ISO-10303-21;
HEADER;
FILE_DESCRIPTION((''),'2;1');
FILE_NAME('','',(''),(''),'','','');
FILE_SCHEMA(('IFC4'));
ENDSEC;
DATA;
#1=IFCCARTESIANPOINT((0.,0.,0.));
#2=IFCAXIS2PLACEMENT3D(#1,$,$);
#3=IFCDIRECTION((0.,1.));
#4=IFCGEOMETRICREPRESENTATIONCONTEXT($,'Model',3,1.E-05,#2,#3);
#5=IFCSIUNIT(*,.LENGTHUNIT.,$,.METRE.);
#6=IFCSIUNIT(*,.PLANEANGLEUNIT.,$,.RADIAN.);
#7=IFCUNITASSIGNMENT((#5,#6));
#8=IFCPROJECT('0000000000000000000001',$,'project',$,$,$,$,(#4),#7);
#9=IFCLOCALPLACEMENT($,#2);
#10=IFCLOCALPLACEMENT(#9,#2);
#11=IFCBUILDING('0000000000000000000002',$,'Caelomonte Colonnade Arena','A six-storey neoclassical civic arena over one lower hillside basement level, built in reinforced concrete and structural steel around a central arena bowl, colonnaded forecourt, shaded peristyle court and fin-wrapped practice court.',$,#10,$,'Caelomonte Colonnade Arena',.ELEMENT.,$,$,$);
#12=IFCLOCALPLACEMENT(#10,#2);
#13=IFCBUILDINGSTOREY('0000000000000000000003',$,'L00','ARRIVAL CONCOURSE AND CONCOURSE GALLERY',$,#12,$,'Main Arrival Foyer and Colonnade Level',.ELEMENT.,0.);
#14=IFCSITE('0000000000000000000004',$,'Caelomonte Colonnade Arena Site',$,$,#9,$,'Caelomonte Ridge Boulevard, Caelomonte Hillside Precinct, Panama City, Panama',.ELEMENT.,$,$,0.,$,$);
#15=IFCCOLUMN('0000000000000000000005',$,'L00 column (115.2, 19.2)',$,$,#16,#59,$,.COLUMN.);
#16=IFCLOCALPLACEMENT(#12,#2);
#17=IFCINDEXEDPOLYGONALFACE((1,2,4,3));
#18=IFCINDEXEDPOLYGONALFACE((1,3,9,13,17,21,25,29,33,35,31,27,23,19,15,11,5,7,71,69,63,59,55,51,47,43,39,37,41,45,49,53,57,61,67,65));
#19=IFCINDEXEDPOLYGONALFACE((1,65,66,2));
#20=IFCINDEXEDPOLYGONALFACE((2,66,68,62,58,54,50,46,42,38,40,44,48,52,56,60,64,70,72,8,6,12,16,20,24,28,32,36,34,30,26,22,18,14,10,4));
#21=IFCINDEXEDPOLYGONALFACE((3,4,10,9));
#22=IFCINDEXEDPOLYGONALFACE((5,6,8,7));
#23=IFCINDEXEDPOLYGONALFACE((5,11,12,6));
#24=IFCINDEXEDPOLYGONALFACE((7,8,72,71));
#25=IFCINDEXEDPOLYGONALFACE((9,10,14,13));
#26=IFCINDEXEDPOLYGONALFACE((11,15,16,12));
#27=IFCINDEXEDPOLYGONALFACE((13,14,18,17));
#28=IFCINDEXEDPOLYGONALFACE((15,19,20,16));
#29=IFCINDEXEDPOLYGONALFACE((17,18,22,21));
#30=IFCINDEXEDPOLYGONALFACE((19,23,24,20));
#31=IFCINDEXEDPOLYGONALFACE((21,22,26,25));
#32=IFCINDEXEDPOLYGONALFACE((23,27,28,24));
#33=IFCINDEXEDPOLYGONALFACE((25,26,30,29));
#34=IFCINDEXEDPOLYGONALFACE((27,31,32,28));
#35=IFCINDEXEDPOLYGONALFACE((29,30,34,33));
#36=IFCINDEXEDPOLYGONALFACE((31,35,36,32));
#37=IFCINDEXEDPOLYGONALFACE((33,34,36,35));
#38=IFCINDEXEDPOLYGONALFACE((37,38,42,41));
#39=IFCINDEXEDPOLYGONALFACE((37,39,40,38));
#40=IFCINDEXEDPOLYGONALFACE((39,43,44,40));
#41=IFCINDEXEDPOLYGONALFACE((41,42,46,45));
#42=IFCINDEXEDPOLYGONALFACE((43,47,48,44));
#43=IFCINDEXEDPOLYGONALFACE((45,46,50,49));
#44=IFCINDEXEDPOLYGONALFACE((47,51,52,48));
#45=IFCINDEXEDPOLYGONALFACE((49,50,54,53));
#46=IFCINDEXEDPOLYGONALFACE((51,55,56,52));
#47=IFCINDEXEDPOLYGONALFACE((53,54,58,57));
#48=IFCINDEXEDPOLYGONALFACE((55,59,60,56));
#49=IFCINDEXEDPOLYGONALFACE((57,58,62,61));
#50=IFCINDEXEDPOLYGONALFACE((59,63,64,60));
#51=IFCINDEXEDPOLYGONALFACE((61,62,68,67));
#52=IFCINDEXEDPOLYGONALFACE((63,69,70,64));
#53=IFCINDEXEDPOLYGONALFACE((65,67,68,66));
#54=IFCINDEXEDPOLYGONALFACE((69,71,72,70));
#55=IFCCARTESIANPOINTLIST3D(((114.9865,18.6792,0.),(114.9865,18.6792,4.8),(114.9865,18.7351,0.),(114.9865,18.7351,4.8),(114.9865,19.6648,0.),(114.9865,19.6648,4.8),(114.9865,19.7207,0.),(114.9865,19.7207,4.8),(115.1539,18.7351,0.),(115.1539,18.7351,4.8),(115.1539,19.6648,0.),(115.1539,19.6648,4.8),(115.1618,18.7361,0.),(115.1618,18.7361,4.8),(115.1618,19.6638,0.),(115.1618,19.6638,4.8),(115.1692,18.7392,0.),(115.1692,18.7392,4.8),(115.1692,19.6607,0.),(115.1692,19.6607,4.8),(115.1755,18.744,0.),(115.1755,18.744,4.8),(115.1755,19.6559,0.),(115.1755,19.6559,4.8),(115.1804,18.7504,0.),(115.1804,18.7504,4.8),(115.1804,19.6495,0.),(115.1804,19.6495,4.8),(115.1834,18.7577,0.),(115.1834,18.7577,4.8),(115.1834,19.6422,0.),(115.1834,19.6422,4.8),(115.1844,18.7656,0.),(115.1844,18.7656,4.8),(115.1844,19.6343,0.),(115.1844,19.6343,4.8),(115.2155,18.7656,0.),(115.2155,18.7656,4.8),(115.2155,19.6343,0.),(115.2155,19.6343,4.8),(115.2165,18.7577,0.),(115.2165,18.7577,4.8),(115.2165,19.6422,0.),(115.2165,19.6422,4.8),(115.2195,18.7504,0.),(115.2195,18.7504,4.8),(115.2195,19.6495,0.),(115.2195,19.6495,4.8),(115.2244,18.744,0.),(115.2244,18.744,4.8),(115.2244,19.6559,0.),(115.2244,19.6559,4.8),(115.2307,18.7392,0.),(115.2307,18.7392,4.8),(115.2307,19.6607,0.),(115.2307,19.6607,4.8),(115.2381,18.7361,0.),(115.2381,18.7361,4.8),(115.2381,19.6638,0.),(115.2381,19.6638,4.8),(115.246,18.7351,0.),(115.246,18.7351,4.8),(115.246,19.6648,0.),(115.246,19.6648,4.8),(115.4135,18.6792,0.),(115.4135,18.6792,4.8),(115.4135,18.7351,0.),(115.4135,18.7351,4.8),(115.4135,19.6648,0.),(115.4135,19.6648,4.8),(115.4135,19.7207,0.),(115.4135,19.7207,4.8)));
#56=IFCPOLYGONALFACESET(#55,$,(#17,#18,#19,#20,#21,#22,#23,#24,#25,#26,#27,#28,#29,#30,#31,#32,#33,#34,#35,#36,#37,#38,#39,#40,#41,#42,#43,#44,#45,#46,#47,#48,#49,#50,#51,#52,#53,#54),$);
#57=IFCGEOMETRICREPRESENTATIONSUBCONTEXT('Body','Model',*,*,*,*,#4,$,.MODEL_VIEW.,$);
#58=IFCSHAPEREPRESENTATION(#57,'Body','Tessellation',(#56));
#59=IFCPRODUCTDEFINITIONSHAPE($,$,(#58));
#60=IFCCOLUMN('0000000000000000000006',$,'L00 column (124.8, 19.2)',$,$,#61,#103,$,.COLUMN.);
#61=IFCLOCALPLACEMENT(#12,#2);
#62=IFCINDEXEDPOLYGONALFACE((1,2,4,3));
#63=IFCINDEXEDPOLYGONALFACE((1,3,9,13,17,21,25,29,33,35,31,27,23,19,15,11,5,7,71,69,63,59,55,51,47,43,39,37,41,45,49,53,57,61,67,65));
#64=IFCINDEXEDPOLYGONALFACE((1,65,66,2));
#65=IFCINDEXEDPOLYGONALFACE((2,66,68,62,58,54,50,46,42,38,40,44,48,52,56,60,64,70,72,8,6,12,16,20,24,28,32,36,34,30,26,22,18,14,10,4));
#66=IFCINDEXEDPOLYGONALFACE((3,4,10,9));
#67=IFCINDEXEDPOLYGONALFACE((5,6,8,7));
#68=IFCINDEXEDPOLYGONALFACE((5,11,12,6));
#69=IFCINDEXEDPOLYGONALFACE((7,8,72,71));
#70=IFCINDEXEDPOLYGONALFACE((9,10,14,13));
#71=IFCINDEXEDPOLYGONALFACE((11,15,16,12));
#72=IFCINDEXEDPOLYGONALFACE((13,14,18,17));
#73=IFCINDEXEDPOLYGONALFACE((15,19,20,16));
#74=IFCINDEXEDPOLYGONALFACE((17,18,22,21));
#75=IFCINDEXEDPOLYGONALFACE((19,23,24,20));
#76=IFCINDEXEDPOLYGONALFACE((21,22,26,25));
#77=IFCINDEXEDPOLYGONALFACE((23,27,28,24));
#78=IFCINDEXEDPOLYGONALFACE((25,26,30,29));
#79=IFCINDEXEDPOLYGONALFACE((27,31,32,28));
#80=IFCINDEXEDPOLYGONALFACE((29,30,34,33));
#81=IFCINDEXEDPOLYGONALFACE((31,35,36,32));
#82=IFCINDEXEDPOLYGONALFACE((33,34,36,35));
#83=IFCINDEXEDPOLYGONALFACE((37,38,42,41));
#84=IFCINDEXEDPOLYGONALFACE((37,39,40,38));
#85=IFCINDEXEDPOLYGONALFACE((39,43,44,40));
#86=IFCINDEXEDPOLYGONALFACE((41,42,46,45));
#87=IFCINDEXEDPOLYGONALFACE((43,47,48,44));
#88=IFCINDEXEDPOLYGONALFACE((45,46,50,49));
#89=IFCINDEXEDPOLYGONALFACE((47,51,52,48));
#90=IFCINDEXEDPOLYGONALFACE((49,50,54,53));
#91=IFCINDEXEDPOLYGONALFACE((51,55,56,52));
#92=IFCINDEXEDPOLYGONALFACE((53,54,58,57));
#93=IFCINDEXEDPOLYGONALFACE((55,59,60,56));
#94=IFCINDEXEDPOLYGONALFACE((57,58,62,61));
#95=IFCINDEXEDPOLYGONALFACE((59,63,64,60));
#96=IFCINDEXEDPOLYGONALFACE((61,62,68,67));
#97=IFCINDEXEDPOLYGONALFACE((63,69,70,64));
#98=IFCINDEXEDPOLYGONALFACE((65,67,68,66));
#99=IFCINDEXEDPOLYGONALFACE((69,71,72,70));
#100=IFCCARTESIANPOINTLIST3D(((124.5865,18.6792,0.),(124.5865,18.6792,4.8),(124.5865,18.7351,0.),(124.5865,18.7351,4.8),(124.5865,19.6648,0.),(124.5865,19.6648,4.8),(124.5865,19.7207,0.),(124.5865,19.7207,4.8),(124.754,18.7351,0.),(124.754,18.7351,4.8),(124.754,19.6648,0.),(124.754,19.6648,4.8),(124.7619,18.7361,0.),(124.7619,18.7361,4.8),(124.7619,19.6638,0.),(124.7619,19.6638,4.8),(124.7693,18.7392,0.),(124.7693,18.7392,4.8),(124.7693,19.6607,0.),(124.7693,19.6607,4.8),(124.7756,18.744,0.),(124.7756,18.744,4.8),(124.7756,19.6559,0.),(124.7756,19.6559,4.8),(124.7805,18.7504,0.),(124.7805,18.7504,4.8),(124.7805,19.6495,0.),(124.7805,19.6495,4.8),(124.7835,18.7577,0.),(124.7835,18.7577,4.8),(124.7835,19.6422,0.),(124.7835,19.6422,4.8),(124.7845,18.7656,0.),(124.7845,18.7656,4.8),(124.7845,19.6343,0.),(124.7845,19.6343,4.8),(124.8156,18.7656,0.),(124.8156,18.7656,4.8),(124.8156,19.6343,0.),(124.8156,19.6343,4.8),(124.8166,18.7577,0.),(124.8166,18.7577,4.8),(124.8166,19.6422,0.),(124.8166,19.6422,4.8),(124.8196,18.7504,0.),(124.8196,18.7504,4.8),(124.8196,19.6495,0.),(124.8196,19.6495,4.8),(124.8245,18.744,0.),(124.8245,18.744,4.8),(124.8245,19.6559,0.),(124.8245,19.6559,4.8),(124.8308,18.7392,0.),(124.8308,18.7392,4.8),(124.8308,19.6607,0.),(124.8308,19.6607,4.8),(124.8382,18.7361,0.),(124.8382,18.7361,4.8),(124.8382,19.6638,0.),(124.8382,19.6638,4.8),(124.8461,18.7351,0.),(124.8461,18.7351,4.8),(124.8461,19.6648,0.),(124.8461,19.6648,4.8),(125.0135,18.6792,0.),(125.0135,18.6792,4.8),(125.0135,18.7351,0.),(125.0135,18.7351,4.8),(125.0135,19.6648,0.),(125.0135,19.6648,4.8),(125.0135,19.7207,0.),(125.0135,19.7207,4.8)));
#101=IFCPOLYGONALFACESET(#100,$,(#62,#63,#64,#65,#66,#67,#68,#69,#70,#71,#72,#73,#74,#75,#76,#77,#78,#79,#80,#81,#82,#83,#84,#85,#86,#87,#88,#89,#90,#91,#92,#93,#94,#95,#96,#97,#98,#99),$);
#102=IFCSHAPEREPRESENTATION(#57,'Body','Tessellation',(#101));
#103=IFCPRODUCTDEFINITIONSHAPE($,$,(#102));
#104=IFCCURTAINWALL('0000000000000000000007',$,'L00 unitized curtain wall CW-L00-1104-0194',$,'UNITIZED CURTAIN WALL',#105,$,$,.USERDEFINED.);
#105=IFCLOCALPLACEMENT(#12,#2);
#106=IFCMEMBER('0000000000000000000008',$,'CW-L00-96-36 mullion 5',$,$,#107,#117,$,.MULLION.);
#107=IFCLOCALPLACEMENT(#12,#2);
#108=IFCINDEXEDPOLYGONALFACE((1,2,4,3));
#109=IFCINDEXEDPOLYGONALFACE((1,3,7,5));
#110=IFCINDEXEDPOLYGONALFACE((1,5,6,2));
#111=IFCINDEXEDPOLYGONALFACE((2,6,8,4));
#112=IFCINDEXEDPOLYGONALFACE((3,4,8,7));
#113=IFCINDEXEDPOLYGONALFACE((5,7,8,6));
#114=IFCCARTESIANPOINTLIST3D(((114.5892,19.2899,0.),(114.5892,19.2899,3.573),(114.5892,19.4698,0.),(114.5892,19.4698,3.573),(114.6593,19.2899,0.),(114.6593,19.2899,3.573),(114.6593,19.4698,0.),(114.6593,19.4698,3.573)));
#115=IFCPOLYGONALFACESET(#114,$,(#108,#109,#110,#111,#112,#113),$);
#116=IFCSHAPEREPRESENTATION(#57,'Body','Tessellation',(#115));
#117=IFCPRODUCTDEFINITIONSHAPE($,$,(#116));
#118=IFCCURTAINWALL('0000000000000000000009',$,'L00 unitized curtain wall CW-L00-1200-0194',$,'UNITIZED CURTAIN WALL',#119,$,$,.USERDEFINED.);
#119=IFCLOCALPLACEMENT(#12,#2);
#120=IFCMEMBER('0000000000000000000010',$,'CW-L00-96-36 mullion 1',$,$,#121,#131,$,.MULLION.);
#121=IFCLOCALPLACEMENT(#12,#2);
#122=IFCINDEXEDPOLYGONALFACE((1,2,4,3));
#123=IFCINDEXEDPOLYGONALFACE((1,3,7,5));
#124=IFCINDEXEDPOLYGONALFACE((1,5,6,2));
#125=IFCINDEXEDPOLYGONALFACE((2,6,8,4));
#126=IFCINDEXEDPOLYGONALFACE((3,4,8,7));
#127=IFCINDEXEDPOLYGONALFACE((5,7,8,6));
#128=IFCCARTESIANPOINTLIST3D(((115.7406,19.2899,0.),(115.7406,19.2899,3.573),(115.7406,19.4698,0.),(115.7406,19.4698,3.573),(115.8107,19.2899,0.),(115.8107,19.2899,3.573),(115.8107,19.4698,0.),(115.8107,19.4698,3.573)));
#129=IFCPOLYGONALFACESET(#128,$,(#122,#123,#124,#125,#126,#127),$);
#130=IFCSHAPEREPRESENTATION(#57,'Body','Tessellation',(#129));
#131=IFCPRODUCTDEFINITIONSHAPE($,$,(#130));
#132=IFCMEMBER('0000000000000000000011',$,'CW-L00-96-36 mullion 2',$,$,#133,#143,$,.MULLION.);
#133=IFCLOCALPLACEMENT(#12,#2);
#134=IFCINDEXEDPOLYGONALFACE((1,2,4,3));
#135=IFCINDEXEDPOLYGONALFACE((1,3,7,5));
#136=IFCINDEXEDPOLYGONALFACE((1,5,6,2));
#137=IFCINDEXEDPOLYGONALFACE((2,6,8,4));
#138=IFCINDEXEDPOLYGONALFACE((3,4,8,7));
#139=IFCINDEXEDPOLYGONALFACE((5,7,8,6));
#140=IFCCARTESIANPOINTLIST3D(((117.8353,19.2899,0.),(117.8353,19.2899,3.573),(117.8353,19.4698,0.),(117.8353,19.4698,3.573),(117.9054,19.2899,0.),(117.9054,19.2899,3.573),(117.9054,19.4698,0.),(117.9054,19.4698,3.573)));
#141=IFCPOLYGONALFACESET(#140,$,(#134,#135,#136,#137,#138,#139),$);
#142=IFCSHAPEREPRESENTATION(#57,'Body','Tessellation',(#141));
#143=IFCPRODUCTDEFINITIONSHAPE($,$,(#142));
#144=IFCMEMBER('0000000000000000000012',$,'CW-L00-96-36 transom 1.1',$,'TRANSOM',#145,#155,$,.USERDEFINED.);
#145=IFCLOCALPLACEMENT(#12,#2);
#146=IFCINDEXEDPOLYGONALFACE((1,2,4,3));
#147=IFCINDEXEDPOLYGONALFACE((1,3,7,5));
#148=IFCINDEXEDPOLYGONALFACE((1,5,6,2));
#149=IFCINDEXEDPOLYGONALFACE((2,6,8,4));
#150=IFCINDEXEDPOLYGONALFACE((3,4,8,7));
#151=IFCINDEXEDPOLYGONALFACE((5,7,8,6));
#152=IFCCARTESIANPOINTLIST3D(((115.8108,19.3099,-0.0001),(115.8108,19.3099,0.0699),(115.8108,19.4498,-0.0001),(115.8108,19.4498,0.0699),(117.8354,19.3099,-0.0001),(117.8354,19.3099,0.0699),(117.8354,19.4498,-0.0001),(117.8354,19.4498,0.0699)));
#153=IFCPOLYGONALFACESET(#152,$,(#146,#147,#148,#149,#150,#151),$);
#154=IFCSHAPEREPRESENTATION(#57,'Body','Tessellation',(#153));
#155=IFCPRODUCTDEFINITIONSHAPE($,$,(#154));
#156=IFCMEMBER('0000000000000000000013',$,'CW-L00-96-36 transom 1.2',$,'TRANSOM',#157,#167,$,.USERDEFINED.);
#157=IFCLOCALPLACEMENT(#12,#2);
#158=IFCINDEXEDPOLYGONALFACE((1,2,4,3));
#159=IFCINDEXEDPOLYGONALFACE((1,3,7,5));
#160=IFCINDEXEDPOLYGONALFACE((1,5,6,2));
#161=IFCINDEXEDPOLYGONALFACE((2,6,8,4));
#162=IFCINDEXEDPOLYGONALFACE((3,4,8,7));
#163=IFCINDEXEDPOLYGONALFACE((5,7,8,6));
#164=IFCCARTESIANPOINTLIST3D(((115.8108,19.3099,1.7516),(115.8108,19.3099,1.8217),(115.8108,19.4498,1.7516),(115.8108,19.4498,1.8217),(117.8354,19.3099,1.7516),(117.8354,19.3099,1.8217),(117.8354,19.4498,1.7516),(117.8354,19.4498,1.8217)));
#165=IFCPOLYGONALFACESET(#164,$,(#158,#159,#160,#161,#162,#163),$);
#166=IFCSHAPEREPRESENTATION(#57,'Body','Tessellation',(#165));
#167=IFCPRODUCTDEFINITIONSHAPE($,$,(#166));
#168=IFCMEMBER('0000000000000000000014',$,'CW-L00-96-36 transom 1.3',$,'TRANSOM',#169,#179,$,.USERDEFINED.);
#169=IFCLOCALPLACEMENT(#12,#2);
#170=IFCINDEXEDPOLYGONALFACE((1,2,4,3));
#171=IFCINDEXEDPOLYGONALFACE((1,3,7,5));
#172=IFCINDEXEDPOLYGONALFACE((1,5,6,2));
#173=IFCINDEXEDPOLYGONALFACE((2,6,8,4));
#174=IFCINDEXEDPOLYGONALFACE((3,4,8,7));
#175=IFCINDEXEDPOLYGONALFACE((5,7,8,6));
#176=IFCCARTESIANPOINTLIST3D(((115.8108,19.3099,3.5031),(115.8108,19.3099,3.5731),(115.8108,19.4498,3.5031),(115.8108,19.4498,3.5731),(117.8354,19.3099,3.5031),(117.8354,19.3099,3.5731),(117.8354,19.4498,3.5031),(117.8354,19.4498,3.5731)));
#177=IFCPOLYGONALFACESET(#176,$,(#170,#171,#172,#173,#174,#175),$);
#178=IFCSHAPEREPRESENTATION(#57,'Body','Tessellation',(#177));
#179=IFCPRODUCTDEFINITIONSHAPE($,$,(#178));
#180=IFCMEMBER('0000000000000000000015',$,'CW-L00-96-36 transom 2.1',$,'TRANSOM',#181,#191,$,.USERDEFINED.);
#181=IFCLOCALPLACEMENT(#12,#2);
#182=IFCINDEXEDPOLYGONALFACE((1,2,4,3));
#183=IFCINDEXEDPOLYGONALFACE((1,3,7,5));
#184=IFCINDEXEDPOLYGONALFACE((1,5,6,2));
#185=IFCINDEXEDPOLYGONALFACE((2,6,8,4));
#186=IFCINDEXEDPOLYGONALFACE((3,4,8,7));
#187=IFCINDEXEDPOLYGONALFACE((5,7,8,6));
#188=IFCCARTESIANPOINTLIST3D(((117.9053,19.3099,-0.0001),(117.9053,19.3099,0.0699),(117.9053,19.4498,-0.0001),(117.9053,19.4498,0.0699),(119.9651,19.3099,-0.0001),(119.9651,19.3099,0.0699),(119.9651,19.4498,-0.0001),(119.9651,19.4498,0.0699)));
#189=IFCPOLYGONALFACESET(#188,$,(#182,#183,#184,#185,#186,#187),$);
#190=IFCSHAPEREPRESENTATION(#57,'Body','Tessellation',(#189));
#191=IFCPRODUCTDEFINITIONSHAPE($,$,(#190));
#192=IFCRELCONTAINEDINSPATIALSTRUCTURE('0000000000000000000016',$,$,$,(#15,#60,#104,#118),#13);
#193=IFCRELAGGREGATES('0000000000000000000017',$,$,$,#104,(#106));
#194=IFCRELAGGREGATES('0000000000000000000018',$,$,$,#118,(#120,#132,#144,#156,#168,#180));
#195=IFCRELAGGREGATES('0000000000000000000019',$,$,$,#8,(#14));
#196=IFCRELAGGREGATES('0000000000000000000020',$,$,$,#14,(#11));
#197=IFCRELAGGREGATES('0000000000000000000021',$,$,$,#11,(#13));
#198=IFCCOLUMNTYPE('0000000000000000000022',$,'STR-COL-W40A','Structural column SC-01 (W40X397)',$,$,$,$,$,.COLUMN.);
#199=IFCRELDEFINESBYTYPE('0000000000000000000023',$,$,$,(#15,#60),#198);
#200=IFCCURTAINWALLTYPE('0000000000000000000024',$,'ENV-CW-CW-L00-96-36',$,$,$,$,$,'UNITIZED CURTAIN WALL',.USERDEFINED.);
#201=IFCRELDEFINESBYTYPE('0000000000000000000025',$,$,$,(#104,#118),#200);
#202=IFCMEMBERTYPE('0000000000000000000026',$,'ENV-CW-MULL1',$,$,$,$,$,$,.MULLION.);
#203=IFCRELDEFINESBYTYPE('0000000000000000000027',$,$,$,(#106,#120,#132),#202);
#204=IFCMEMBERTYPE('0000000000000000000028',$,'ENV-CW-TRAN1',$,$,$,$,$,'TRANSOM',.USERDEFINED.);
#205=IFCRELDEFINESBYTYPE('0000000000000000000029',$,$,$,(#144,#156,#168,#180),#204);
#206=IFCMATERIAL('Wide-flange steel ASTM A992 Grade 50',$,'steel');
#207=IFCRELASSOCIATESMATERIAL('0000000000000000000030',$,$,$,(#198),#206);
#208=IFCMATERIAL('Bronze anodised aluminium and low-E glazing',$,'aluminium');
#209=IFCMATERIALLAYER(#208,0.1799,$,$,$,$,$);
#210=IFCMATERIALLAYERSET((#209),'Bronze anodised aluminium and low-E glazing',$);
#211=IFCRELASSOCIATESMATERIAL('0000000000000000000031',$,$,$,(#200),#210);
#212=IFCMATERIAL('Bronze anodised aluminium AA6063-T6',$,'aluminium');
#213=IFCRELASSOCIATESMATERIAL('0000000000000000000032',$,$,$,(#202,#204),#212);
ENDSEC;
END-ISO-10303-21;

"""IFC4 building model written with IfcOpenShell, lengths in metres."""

from ifc_helpers import new_model, si_unit, direction, frame, origin, origin_2d, place, context, subcontext, project, spatial, rectangle, i_section, extrude, material, layer, layer_set, material_profile, profile_set, type_object, element, aggregate, save


model = new_model("IFC4")

# Units and contexts
model_context = context("Model", 3, precision=1e-05, world=origin(), true_north=direction((0.0, 1.0)))
body_context = subcontext(model_context, "Body", "Model", "MODEL_VIEW")
ifc_project = project(units=[si_unit("LENGTHUNIT", "METRE"), si_unit("PLANEANGLEUNIT", "RADIAN")], contexts=[model_context])

# Site, building, storey
site_placement = place(None, origin())
site = spatial("IfcSite", under=ifc_project, at=site_placement, Name="Caelomonte Colonnade Arena Site", LongName="Caelomonte Ridge Boulevard, Caelomonte Hillside Precinct, Panama City, Panama", CompositionType="ELEMENT", RefElevation=0.0)
building_placement = place(site_placement, origin())
building = spatial("IfcBuilding", under=site, at=building_placement, Name="Caelomonte Colonnade Arena", Description="A six-storey neoclassical civic arena over one lower hillside basement level, built in reinforced concrete and structural steel around a central arena bowl, colonnaded forecourt, shaded peristyle court and fin-wrapped practice court.", LongName="Caelomonte Colonnade Arena", CompositionType="ELEMENT")
storey_placement = place(building_placement, origin())
storey = spatial("IfcBuildingStorey", under=building, at=storey_placement, Name="L00", Description="ARRIVAL CONCOURSE AND CONCOURSE GALLERY", LongName="Main Arrival Foyer and Colonnade Level", CompositionType="ELEMENT", Elevation=0.0)

# Columns
ifc_material_1 = material(Name="Wide-flange steel ASTM A992 Grade 50", Category="steel")
ifc_material_profile_1 = material_profile(ifc_material_1, i_section(OverallWidth=0.427, OverallDepth=1.0415, WebThickness=0.031, FlangeThickness=0.0559, FilletRadius=0.0305, at=origin_2d()), Name="W40X397")
ifc_profile_set_1 = profile_set([ifc_material_profile_1], Name="Wide-flange steel ASTM A992 Grade 50")
column_type = type_object("IfcColumnType", Name="STR-COL-W40A", Description="Structural column SC-01 (W40X397)", PredefinedType="COLUMN", material=ifc_profile_set_1)
for number, where, z_axis, x_axis, name in (
    (1, (115.2, 19.2, 0.0), (0.0, 0.0, 1.0), (1.0, 0.0, 0.0), "L00 column (115.2, 19.2)"),
    (2, (124.8, 19.2, 0.0), (0.0, 0.0, 1.0), (1.0, 0.0, 0.0), "L00 column (124.8, 19.2)"),
):
    element("IfcColumn", number, at=place(storey_placement, frame(where, z_axis=z_axis, x_axis=x_axis)), inside=storey, type_object=column_type, Name=name, PredefinedType="COLUMN", context=body_context, shape_type="SweptSolid", body=[
        extrude(i_section(OverallWidth=0.427, OverallDepth=1.0415, WebThickness=0.031, FlangeThickness=0.0559, FilletRadius=0.0305, at=origin_2d()), origin(), (0.0, 0.0, 1.0), 4.8),
    ])

# Curtain wall, member
ifc_material_2 = material(Name="Bronze anodised aluminium and low-E glazing", Category="aluminium")
ifc_layer_1 = layer(ifc_material_2, 0.1799)
ifc_layer_set_1 = layer_set([ifc_layer_1], Name="Bronze anodised aluminium and low-E glazing")
curtain_wall_type = type_object("IfcCurtainWallType", Name="ENV-CW-CW-L00-96-36", ElementType="UNITIZED CURTAIN WALL", PredefinedType="USERDEFINED", material=ifc_layer_set_1)
curtain_wall_1_placement = place(storey_placement, origin())
curtain_wall_1 = element("IfcCurtainWall", 3, at=curtain_wall_1_placement, inside=storey, type_object=curtain_wall_type, Name="L00 unitized curtain wall CW-L00-1104-0194", ObjectType="UNITIZED CURTAIN WALL", PredefinedType="USERDEFINED")
ifc_material_3 = material(Name="Bronze anodised aluminium AA6063-T6", Category="aluminium")
ifc_material_profile_2 = material_profile(ifc_material_3, rectangle(XDim=0.0701, YDim=0.1799, at=origin_2d()), Name="CWM-70X180")
ifc_profile_set_2 = profile_set([ifc_material_profile_2], Name="Bronze anodised aluminium AA6063-T6")
member_type_1 = type_object("IfcMemberType", Name="ENV-CW-MULL1", PredefinedType="MULLION", material=ifc_profile_set_2)
member_1_placement = place(storey_placement, frame((114.6243, 19.3799, 0.0), z_axis=(0.0, 0.0, 1.0), x_axis=(1.0, 0.0, 0.0)))
member_1 = element("IfcMember", 4, at=member_1_placement, type_object=member_type_1, Name="CW-L00-96-36 mullion 5", PredefinedType="MULLION", context=body_context, shape_type="SweptSolid", body=[
    extrude(rectangle(XDim=0.0701, YDim=0.1799, at=origin_2d()), origin(), (0.0, 0.0, 1.0), 3.573),
])
aggregate(curtain_wall_1, [member_1])

# Curtain wall, members
curtain_wall_2_placement = place(storey_placement, origin())
curtain_wall_2 = element("IfcCurtainWall", 5, at=curtain_wall_2_placement, inside=storey, type_object=curtain_wall_type, Name="L00 unitized curtain wall CW-L00-1200-0194", ObjectType="UNITIZED CURTAIN WALL", PredefinedType="USERDEFINED")
member_2_placement = place(storey_placement, frame((115.7756, 19.3799, 0.0), z_axis=(0.0, 0.0, 1.0), x_axis=(1.0, 0.0, 0.0)))
member_2 = element("IfcMember", 6, at=member_2_placement, type_object=member_type_1, Name="CW-L00-96-36 mullion 1", PredefinedType="MULLION", context=body_context, shape_type="SweptSolid", body=[
    extrude(rectangle(XDim=0.0701, YDim=0.1799, at=origin_2d()), origin(), (0.0, 0.0, 1.0), 3.573),
])
member_3_placement = place(storey_placement, frame((117.8704, 19.3799, 0.0), z_axis=(0.0, 0.0, 1.0), x_axis=(1.0, 0.0, 0.0)))
member_3 = element("IfcMember", 7, at=member_3_placement, type_object=member_type_1, Name="CW-L00-96-36 mullion 2", PredefinedType="MULLION", context=body_context, shape_type="SweptSolid", body=[
    extrude(rectangle(XDim=0.0701, YDim=0.1799, at=origin_2d()), origin(), (0.0, 0.0, 1.0), 3.573),
])
ifc_material_profile_3 = material_profile(ifc_material_3, rectangle(XDim=0.0701, YDim=0.1399, at=origin_2d()), Name="CWT-70X140")
ifc_profile_set_3 = profile_set([ifc_material_profile_3], Name="Bronze anodised aluminium AA6063-T6")
member_type_2 = type_object("IfcMemberType", Name="ENV-CW-TRAN1", ElementType="TRANSOM", PredefinedType="USERDEFINED", material=ifc_profile_set_3)
member_4_placement = place(storey_placement, frame((115.8108, 19.3799, 0.0349), z_axis=(1.0, 0.0, 0.0), x_axis=(0.0, 0.0, 1.0)))
member_4 = element("IfcMember", 8, at=member_4_placement, type_object=member_type_2, Name="CW-L00-96-36 transom 1.1", ObjectType="TRANSOM", PredefinedType="USERDEFINED", context=body_context, shape_type="SweptSolid", body=[
    extrude(rectangle(XDim=0.0701, YDim=0.1399, at=origin_2d()), origin(), (0.0, 0.0, 1.0), 2.0247),
])
member_5_placement = place(storey_placement, frame((115.8108, 19.3799, 1.7866), z_axis=(1.0, 0.0, 0.0), x_axis=(0.0, 0.0, 1.0)))
member_5 = element("IfcMember", 9, at=member_5_placement, type_object=member_type_2, Name="CW-L00-96-36 transom 1.2", ObjectType="TRANSOM", PredefinedType="USERDEFINED", context=body_context, shape_type="SweptSolid", body=[
    extrude(rectangle(XDim=0.0701, YDim=0.1399, at=origin_2d()), origin(), (0.0, 0.0, 1.0), 2.0247),
])
member_6_placement = place(storey_placement, frame((115.8108, 19.3799, 3.5381), z_axis=(1.0, 0.0, 0.0), x_axis=(0.0, 0.0, 1.0)))
member_6 = element("IfcMember", 10, at=member_6_placement, type_object=member_type_2, Name="CW-L00-96-36 transom 1.3", ObjectType="TRANSOM", PredefinedType="USERDEFINED", context=body_context, shape_type="SweptSolid", body=[
    extrude(rectangle(XDim=0.0701, YDim=0.1399, at=origin_2d()), origin(), (0.0, 0.0, 1.0), 2.0247),
])
member_7_placement = place(storey_placement, frame((117.9053, 19.3799, 0.0349), z_axis=(1.0, 0.0, 0.0), x_axis=(0.0, 0.0, 1.0)))
member_7 = element("IfcMember", 11, at=member_7_placement, type_object=member_type_2, Name="CW-L00-96-36 transom 2.1", ObjectType="TRANSOM", PredefinedType="USERDEFINED", context=body_context, shape_type="SweptSolid", body=[
    extrude(rectangle(XDim=0.0701, YDim=0.1399, at=origin_2d()), origin(), (0.0, 0.0, 1.0), 2.0598),
])

aggregate(curtain_wall_2, [member_2, member_3, member_4, member_5, member_6, member_7])

save(model, "model.ifc")
